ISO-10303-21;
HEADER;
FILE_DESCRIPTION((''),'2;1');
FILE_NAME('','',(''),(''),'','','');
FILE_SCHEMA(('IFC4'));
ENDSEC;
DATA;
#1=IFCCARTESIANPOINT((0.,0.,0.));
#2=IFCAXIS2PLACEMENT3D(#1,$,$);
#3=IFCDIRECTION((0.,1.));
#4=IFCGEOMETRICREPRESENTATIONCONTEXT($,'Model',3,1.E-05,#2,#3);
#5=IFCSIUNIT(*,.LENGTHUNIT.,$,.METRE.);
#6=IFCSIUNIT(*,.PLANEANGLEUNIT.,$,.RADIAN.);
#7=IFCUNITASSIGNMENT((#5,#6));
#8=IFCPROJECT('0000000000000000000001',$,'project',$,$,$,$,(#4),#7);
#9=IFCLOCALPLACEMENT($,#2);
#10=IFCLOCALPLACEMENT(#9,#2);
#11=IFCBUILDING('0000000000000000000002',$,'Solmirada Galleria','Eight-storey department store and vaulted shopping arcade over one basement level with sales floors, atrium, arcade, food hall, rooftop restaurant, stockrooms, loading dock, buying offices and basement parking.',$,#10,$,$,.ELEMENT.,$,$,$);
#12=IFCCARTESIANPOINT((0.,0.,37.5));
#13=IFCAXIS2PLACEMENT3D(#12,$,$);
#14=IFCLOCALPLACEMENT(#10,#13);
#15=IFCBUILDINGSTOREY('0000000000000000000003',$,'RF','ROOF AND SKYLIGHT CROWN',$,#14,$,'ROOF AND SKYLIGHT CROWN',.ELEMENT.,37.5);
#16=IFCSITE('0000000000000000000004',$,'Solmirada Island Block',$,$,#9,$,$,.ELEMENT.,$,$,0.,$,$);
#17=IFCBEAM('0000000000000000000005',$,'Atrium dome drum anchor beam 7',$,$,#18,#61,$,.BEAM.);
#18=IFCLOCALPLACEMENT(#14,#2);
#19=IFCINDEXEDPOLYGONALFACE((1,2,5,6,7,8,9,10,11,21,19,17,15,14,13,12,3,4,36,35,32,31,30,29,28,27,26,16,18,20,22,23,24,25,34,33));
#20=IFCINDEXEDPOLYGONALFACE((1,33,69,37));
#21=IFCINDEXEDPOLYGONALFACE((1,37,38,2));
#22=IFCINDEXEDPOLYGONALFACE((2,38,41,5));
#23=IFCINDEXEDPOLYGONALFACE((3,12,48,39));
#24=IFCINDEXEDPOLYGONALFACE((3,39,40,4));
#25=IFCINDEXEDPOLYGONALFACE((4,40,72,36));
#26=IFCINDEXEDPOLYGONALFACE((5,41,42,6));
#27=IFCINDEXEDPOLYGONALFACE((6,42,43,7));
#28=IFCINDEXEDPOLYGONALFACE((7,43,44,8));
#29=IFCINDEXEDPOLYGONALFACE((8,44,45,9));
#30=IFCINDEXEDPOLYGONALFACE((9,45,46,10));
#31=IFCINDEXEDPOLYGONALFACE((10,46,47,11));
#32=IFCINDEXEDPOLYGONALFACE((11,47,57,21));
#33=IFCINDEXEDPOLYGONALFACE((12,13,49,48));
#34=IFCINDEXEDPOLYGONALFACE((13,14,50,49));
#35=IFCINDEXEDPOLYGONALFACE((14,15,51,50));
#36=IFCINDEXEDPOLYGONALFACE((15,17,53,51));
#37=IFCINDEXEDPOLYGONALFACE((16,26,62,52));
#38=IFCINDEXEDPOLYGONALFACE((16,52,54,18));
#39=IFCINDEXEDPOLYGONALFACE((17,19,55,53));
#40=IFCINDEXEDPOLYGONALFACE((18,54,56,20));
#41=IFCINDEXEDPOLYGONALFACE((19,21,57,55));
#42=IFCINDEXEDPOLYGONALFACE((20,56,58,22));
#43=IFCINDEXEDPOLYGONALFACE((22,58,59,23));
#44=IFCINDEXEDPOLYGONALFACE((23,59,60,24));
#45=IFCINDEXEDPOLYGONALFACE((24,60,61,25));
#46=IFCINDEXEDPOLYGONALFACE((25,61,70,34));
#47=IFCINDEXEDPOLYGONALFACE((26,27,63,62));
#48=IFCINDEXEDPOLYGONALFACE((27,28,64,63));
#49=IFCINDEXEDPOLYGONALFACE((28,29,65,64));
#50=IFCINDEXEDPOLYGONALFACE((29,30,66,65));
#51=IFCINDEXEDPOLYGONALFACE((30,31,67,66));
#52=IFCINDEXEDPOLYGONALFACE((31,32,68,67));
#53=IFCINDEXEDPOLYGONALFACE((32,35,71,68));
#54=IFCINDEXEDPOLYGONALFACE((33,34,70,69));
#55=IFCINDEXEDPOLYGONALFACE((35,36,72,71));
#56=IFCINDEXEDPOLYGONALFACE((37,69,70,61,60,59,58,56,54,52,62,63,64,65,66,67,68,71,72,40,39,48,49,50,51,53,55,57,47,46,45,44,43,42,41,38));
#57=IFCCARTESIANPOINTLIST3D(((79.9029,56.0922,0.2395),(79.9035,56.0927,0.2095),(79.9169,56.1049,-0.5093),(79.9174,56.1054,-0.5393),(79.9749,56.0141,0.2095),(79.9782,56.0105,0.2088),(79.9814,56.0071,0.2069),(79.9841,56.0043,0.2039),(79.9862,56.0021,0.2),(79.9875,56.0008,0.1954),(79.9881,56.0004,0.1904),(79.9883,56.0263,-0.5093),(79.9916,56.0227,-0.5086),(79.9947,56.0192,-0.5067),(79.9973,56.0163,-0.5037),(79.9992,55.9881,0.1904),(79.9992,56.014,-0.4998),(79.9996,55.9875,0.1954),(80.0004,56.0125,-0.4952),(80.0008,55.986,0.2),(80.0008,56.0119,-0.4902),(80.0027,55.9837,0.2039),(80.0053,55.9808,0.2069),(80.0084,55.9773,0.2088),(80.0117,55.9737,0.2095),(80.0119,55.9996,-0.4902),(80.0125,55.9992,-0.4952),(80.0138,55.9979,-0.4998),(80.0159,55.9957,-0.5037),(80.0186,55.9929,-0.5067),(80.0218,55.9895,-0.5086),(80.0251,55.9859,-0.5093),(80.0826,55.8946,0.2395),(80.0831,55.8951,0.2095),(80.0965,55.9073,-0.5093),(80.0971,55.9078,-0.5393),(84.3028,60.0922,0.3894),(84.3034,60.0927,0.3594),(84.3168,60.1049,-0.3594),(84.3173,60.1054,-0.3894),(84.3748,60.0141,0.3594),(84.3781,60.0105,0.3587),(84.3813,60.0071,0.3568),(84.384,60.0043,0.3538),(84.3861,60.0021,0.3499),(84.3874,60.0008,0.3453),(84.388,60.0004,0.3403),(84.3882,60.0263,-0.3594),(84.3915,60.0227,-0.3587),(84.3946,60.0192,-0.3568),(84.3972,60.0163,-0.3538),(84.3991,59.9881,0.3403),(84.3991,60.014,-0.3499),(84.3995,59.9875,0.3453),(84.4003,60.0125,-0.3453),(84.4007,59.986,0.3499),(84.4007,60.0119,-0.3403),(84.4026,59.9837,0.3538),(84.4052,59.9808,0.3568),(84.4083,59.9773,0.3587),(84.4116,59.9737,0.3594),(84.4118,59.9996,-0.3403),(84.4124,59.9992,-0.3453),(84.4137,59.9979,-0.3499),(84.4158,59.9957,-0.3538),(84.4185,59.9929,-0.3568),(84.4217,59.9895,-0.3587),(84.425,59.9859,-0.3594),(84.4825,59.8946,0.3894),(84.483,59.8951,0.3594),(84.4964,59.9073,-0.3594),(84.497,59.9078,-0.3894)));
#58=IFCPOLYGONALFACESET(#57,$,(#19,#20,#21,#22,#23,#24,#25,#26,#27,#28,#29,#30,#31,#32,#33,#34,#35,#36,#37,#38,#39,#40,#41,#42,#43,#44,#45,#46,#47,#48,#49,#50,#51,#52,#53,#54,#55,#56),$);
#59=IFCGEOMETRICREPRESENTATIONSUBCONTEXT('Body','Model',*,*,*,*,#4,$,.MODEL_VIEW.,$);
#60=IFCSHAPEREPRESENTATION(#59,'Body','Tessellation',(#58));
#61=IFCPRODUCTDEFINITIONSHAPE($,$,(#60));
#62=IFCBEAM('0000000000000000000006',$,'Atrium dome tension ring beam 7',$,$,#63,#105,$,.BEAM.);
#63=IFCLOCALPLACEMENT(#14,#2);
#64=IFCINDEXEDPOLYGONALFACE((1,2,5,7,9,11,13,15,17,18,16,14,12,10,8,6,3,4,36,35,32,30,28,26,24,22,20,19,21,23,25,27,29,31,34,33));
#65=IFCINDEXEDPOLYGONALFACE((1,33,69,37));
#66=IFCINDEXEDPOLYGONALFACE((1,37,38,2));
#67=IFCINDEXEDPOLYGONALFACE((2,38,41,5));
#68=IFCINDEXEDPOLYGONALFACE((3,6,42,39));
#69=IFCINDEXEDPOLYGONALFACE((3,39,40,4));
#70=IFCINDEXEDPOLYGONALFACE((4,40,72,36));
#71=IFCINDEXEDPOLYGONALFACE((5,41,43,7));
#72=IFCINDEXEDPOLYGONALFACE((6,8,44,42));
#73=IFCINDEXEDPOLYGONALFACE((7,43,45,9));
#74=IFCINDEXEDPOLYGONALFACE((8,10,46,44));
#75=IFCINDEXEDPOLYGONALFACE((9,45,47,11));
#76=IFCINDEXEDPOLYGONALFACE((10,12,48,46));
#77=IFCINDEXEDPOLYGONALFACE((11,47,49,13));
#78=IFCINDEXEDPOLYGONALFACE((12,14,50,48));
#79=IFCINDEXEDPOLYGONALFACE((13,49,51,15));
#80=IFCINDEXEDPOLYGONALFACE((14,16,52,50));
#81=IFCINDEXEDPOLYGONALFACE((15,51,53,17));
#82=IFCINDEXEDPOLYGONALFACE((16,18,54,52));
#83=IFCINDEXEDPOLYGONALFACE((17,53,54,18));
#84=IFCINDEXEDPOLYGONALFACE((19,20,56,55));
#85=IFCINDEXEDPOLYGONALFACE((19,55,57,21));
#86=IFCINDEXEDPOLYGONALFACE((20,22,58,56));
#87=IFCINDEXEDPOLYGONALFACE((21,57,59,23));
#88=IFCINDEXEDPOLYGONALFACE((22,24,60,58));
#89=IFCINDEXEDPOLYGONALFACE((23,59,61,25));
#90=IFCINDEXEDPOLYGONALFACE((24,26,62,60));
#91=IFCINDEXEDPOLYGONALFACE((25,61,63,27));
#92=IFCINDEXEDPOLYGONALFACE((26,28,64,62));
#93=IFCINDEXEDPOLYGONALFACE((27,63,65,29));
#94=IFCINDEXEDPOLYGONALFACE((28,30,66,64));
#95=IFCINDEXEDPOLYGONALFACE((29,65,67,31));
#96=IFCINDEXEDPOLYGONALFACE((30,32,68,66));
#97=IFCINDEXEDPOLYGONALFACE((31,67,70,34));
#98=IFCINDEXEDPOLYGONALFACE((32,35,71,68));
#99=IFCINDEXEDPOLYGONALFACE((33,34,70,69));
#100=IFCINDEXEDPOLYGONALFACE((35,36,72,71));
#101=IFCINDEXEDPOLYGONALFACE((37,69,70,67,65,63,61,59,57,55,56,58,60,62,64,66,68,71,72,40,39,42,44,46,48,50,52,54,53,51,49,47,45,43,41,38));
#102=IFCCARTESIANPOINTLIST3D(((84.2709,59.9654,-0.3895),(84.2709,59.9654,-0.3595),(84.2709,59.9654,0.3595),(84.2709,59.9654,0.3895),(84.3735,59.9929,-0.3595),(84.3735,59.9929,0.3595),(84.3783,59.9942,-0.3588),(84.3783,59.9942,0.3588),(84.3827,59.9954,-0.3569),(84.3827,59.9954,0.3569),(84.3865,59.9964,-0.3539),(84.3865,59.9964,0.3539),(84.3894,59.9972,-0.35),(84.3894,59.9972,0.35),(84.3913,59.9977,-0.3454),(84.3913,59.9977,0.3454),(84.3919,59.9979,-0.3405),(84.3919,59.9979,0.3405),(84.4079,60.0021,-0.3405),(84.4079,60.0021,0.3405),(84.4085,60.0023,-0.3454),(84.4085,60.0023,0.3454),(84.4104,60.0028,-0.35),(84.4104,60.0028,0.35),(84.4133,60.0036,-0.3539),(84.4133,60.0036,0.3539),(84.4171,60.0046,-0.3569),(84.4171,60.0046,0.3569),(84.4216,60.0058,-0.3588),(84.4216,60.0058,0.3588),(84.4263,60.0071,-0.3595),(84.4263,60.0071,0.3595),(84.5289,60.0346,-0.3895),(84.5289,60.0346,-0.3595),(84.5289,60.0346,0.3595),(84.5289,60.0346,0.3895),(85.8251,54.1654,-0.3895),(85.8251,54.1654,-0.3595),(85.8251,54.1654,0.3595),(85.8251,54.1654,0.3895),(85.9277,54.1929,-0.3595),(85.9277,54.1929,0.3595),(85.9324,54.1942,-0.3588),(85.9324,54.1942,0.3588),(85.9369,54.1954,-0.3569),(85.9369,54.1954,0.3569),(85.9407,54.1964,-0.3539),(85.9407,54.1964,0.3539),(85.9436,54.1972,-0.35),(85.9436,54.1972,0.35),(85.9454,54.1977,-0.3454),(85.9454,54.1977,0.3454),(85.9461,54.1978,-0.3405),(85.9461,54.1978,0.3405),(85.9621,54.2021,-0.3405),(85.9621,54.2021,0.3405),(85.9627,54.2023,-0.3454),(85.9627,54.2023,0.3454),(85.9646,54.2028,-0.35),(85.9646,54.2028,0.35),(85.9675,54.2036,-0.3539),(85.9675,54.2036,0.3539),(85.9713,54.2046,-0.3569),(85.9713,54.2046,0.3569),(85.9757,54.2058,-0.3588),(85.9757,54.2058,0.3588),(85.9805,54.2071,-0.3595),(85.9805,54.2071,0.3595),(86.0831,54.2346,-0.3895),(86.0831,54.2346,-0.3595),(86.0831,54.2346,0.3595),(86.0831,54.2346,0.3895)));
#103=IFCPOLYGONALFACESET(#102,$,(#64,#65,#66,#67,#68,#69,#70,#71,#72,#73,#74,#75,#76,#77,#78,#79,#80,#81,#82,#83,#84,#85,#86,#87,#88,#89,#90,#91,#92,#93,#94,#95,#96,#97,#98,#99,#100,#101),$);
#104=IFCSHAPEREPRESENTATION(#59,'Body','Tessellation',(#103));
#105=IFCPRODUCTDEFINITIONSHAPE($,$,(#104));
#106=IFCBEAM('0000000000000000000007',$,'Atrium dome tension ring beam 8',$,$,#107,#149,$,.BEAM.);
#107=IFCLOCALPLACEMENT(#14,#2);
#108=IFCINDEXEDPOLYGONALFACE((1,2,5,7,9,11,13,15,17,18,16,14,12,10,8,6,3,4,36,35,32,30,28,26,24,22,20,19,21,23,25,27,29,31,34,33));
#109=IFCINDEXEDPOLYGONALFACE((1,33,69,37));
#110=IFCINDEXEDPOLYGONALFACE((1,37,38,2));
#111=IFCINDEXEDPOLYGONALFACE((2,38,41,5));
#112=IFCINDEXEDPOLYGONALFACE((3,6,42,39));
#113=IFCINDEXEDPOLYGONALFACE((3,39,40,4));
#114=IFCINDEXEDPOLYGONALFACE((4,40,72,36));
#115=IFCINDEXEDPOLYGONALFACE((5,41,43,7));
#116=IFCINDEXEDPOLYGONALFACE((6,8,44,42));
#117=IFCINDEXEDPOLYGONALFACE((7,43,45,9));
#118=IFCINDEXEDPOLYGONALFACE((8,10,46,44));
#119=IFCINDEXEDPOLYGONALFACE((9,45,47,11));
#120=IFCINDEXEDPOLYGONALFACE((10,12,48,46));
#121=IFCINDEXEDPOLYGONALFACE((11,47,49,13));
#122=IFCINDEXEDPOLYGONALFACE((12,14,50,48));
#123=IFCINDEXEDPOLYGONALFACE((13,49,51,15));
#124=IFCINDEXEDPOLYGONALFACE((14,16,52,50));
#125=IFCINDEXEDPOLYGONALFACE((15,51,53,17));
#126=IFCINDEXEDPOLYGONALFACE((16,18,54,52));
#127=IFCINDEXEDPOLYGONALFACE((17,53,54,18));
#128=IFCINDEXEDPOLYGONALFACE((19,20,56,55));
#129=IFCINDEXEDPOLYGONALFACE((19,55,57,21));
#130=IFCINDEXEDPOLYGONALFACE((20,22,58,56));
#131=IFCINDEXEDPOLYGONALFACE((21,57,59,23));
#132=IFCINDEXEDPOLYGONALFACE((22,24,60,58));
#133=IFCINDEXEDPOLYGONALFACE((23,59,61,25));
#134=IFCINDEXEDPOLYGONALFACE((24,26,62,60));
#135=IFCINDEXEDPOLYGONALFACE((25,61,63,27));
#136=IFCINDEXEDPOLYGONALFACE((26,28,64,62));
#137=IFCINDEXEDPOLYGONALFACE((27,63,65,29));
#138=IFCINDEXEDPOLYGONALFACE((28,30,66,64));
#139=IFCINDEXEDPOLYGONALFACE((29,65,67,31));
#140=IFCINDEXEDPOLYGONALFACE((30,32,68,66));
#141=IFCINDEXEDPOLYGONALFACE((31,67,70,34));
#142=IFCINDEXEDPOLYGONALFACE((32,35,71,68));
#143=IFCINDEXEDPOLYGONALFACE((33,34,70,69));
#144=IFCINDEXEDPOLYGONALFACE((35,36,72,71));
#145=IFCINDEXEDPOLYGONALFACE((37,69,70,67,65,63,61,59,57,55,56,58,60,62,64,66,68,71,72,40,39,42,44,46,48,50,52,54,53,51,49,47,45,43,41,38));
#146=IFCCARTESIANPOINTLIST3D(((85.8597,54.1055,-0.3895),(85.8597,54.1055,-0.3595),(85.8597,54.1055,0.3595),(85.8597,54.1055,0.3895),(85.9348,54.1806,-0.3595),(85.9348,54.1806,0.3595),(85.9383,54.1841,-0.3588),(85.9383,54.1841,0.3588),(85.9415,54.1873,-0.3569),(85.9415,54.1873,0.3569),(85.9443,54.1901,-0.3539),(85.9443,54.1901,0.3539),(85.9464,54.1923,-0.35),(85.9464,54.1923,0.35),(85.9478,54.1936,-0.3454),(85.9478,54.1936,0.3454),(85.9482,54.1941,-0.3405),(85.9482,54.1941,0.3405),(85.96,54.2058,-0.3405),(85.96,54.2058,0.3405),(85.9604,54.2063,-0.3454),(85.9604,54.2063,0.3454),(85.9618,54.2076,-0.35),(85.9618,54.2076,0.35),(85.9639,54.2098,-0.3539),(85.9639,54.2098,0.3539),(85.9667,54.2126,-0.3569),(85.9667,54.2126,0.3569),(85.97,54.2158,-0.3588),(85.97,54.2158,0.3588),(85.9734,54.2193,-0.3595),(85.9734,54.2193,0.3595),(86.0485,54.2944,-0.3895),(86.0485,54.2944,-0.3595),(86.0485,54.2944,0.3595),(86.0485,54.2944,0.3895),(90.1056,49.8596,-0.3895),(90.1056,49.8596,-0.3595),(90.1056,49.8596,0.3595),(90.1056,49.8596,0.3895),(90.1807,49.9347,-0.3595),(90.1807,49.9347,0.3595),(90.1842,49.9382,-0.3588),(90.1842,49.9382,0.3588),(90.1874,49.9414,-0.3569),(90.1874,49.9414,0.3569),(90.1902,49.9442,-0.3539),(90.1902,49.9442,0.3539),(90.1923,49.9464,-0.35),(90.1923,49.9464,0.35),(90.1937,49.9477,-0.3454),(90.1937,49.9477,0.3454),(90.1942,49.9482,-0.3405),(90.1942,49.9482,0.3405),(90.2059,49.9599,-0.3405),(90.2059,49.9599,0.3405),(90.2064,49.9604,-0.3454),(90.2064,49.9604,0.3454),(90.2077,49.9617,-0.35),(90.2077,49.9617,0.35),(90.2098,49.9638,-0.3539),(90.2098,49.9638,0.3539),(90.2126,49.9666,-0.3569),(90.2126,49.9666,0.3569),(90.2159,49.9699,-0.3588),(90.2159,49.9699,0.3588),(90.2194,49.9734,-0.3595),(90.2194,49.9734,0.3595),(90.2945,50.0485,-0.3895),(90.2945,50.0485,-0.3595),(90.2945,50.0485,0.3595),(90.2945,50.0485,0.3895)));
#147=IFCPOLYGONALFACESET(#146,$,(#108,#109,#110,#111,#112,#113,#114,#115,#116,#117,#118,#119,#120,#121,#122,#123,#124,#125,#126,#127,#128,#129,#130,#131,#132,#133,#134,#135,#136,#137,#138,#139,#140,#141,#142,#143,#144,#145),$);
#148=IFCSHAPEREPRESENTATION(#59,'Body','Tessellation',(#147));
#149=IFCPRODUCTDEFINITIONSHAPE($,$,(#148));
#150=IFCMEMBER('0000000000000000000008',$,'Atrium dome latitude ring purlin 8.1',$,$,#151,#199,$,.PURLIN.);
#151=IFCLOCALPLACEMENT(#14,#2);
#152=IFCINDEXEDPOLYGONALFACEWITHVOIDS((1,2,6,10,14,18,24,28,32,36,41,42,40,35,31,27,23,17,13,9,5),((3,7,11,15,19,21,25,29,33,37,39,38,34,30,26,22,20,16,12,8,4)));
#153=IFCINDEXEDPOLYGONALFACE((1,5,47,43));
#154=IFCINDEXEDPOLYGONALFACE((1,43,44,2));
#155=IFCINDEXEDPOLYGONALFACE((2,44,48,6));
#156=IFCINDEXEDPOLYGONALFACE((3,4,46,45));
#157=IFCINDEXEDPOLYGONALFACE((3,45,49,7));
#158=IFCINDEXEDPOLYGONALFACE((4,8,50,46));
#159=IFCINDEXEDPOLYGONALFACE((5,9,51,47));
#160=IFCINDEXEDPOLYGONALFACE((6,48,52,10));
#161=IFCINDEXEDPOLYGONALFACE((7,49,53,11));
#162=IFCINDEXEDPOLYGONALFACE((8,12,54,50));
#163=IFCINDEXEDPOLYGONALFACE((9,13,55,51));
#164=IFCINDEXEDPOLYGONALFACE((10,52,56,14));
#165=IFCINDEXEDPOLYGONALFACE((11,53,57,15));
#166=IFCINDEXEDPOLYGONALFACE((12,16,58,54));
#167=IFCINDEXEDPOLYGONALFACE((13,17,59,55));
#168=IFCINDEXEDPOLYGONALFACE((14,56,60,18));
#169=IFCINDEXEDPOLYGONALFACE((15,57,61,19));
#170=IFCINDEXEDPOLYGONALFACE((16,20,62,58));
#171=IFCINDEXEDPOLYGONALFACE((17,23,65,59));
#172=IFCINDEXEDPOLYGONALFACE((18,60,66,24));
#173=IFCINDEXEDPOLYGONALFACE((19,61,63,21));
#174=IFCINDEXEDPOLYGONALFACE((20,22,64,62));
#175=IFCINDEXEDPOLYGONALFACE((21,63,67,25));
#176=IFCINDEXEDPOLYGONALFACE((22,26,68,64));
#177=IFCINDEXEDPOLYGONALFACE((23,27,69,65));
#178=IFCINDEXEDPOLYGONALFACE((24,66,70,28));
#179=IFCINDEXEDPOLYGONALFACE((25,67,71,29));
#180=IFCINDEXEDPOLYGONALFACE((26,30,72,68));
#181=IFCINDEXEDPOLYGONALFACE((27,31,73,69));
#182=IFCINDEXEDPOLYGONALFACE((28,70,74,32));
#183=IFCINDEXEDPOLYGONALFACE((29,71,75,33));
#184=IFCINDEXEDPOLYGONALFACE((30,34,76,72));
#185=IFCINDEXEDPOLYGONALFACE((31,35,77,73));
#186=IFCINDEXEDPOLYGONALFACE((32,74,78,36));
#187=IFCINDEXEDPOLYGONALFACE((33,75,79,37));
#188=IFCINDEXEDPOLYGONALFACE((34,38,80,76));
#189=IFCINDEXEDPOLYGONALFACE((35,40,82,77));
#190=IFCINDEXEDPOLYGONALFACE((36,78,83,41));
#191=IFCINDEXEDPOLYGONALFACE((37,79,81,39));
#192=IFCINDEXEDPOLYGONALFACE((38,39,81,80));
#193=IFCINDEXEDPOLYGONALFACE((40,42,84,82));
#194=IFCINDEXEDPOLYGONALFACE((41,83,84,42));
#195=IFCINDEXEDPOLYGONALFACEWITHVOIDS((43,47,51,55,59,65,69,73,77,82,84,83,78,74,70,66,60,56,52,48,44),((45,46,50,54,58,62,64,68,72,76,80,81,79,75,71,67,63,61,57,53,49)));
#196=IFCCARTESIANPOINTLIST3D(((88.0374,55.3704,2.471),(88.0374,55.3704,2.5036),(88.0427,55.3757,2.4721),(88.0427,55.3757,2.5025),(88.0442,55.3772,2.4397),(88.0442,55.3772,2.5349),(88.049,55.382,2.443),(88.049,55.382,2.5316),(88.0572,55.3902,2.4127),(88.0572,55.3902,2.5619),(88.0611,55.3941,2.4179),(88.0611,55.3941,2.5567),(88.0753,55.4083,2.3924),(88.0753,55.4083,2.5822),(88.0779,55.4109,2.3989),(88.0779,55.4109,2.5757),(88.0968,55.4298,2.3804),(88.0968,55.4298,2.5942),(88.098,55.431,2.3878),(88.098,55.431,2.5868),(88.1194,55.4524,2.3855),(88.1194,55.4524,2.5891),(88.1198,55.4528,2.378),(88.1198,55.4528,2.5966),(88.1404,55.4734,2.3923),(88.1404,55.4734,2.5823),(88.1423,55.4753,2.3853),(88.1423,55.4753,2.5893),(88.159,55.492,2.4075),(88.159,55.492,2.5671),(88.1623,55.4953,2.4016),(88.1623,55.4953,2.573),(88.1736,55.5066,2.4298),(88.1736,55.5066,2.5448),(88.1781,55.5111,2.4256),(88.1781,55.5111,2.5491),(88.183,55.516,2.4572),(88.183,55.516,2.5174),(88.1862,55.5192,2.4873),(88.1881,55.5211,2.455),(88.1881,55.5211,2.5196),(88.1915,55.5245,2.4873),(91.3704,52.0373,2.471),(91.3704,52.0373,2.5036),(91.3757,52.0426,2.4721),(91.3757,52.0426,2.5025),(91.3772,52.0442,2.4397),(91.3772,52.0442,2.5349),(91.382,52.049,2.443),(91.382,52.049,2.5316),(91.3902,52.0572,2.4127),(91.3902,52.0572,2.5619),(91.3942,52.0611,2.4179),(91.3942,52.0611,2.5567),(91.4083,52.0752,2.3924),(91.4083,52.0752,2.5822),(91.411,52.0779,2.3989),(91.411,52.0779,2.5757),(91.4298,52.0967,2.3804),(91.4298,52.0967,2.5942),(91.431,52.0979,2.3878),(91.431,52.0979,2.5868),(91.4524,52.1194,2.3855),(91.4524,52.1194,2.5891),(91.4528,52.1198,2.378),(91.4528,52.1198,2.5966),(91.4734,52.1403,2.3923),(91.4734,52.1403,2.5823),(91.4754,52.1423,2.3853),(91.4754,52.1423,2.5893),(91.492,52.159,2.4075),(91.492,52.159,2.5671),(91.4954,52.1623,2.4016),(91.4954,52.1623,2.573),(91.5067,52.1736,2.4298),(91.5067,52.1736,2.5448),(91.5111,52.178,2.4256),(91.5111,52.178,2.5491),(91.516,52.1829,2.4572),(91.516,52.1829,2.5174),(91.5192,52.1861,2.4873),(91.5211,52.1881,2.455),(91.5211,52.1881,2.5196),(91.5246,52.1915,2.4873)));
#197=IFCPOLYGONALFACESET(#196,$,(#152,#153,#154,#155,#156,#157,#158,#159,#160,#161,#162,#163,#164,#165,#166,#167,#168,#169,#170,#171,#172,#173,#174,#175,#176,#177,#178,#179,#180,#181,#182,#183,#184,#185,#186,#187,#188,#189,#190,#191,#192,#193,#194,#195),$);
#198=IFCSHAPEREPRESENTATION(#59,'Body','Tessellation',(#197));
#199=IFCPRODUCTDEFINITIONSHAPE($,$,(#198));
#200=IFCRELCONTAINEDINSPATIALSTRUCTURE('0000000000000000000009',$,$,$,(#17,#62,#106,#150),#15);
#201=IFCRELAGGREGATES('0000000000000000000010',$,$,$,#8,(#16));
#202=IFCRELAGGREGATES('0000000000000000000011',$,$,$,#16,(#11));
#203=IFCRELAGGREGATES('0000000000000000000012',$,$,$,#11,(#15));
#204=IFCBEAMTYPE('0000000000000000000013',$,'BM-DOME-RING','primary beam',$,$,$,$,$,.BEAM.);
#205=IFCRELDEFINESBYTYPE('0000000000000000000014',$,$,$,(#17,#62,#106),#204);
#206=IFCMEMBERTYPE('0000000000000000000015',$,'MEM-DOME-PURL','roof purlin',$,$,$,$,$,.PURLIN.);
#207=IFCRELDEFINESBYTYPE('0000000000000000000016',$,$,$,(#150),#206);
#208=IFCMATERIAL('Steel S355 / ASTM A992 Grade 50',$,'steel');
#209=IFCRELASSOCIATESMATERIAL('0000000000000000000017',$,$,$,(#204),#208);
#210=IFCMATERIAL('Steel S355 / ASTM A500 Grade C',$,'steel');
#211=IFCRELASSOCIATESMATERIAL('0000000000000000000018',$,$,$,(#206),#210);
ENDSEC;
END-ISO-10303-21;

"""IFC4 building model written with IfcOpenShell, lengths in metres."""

from ifc_helpers import new_model, si_unit, direction, frame, origin, origin_2d, place, context, subcontext, project, spatial, hollow_circle, i_section, extrude, material, material_profile, profile_set, type_object, element, save


model = new_model("IFC4")

# Units and contexts
model_context = context("Model", 3, precision=1e-05, world=origin(), true_north=direction((0.0, 1.0)))
body_context = subcontext(model_context, "Body", "Model", "MODEL_VIEW")
ifc_project = project(units=[si_unit("LENGTHUNIT", "METRE"), si_unit("PLANEANGLEUNIT", "RADIAN")], contexts=[model_context])

# Site, building, storey
site_placement = place(None, origin())
site = spatial("IfcSite", under=ifc_project, at=site_placement, Name="Solmirada Island Block", CompositionType="ELEMENT", RefElevation=0.0)
building_placement = place(site_placement, origin())
building = spatial("IfcBuilding", under=site, at=building_placement, Name="Solmirada Galleria", Description="Eight-storey department store and vaulted shopping arcade over one basement level with sales floors, atrium, arcade, food hall, rooftop restaurant, stockrooms, loading dock, buying offices and basement parking.", CompositionType="ELEMENT")
storey_placement = place(building_placement, frame((0.0, 0.0, 37.5)))
storey = spatial("IfcBuildingStorey", under=building, at=storey_placement, Name="RF", Description="ROOF AND SKYLIGHT CROWN", LongName="ROOF AND SKYLIGHT CROWN", CompositionType="ELEMENT", Elevation=37.5)

# Beams
ifc_material_1 = material(Name="Steel S355 / ASTM A992 Grade 50", Category="steel")
ifc_material_profile_1 = material_profile(ifc_material_1, i_section(OverallWidth=0.2671, OverallDepth=0.7791, WebThickness=0.0166, FlangeThickness=0.03, FilletRadius=0.019, at=origin_2d()), Name="W30X148")
ifc_profile_set_1 = profile_set([ifc_material_profile_1], Name="Steel S355 / ASTM A992 Grade 50")
beam_type = type_object("IfcBeamType", Name="BM-DOME-RING", Description="primary beam", PredefinedType="BEAM", material=ifc_profile_set_1)
beam_placement = place(storey_placement, frame((80.0, 56.0, -0.1499), z_axis=(0.739698, 0.672467, 0.025201), x_axis=(-0.672681, 0.739933, 0.0)))
element("IfcBeam", 1, at=beam_placement, inside=storey, type_object=beam_type, Name="Atrium dome drum anchor beam 7", PredefinedType="BEAM", context=body_context, shape_type="SweptSolid", body=[
    extrude(i_section(OverallWidth=0.2671, OverallDepth=0.7791, WebThickness=0.0166, FlangeThickness=0.03, FilletRadius=0.019, at=origin_2d()), origin(), (0.0, 0.0, 1.0), 5.9482),
])
for number, where, z_axis, x_axis, name in (
    (2, (84.3999, 60.0, 0.0), (0.258832, -0.965922, 0.0), (0.965922, 0.258832, 0.0), "Atrium dome tension ring beam 7"),
    (3, (85.9541, 54.2, 0.0), (0.707107, -0.707107, 0.0), (0.707107, 0.707107, 0.0), "Atrium dome tension ring beam 8"),
):
    element("IfcBeam", number, at=place(storey_placement, frame(where, z_axis=z_axis, x_axis=x_axis)), inside=storey, type_object=beam_type, Name=name, PredefinedType="BEAM", context=body_context, shape_type="SweptSolid", body=[
        extrude(i_section(OverallWidth=0.2671, OverallDepth=0.7791, WebThickness=0.0166, FlangeThickness=0.03, FilletRadius=0.019, at=origin_2d()), origin(), (0.0, 0.0, 1.0), 6.0046),
    ])

# Member
ifc_material_2 = material(Name="Steel S355 / ASTM A500 Grade C", Category="steel")
ifc_material_profile_2 = material_profile(ifc_material_2, hollow_circle(Radius=0.1096, WallThickness=0.0076, at=origin_2d()), Name="HSS8.625X0.322")
ifc_profile_set_2 = profile_set([ifc_material_profile_2], Name="Steel S355 / ASTM A500 Grade C")
member_type_1 = type_object("IfcMemberType", Name="MEM-DOME-PURL", Description="roof purlin", PredefinedType="PURLIN", material=ifc_profile_set_2)
member_1_placement = place(storey_placement, frame((88.114, 55.447, 2.4873), z_axis=(0.707107, -0.707107, 0.0), x_axis=(0.707107, 0.707107, 0.0)))
element("IfcMember", 4, at=member_1_placement, inside=storey, type_object=member_type_1, Name="Atrium dome latitude ring purlin 8.1", PredefinedType="PURLIN", context=body_context, shape_type="SweptSolid", body=[
    extrude(hollow_circle(Radius=0.1096, WallThickness=0.0076, at=origin_2d()), origin(), (0.0, 0.0, 1.0), 4.7136),
])

save(model, "model.ifc")
